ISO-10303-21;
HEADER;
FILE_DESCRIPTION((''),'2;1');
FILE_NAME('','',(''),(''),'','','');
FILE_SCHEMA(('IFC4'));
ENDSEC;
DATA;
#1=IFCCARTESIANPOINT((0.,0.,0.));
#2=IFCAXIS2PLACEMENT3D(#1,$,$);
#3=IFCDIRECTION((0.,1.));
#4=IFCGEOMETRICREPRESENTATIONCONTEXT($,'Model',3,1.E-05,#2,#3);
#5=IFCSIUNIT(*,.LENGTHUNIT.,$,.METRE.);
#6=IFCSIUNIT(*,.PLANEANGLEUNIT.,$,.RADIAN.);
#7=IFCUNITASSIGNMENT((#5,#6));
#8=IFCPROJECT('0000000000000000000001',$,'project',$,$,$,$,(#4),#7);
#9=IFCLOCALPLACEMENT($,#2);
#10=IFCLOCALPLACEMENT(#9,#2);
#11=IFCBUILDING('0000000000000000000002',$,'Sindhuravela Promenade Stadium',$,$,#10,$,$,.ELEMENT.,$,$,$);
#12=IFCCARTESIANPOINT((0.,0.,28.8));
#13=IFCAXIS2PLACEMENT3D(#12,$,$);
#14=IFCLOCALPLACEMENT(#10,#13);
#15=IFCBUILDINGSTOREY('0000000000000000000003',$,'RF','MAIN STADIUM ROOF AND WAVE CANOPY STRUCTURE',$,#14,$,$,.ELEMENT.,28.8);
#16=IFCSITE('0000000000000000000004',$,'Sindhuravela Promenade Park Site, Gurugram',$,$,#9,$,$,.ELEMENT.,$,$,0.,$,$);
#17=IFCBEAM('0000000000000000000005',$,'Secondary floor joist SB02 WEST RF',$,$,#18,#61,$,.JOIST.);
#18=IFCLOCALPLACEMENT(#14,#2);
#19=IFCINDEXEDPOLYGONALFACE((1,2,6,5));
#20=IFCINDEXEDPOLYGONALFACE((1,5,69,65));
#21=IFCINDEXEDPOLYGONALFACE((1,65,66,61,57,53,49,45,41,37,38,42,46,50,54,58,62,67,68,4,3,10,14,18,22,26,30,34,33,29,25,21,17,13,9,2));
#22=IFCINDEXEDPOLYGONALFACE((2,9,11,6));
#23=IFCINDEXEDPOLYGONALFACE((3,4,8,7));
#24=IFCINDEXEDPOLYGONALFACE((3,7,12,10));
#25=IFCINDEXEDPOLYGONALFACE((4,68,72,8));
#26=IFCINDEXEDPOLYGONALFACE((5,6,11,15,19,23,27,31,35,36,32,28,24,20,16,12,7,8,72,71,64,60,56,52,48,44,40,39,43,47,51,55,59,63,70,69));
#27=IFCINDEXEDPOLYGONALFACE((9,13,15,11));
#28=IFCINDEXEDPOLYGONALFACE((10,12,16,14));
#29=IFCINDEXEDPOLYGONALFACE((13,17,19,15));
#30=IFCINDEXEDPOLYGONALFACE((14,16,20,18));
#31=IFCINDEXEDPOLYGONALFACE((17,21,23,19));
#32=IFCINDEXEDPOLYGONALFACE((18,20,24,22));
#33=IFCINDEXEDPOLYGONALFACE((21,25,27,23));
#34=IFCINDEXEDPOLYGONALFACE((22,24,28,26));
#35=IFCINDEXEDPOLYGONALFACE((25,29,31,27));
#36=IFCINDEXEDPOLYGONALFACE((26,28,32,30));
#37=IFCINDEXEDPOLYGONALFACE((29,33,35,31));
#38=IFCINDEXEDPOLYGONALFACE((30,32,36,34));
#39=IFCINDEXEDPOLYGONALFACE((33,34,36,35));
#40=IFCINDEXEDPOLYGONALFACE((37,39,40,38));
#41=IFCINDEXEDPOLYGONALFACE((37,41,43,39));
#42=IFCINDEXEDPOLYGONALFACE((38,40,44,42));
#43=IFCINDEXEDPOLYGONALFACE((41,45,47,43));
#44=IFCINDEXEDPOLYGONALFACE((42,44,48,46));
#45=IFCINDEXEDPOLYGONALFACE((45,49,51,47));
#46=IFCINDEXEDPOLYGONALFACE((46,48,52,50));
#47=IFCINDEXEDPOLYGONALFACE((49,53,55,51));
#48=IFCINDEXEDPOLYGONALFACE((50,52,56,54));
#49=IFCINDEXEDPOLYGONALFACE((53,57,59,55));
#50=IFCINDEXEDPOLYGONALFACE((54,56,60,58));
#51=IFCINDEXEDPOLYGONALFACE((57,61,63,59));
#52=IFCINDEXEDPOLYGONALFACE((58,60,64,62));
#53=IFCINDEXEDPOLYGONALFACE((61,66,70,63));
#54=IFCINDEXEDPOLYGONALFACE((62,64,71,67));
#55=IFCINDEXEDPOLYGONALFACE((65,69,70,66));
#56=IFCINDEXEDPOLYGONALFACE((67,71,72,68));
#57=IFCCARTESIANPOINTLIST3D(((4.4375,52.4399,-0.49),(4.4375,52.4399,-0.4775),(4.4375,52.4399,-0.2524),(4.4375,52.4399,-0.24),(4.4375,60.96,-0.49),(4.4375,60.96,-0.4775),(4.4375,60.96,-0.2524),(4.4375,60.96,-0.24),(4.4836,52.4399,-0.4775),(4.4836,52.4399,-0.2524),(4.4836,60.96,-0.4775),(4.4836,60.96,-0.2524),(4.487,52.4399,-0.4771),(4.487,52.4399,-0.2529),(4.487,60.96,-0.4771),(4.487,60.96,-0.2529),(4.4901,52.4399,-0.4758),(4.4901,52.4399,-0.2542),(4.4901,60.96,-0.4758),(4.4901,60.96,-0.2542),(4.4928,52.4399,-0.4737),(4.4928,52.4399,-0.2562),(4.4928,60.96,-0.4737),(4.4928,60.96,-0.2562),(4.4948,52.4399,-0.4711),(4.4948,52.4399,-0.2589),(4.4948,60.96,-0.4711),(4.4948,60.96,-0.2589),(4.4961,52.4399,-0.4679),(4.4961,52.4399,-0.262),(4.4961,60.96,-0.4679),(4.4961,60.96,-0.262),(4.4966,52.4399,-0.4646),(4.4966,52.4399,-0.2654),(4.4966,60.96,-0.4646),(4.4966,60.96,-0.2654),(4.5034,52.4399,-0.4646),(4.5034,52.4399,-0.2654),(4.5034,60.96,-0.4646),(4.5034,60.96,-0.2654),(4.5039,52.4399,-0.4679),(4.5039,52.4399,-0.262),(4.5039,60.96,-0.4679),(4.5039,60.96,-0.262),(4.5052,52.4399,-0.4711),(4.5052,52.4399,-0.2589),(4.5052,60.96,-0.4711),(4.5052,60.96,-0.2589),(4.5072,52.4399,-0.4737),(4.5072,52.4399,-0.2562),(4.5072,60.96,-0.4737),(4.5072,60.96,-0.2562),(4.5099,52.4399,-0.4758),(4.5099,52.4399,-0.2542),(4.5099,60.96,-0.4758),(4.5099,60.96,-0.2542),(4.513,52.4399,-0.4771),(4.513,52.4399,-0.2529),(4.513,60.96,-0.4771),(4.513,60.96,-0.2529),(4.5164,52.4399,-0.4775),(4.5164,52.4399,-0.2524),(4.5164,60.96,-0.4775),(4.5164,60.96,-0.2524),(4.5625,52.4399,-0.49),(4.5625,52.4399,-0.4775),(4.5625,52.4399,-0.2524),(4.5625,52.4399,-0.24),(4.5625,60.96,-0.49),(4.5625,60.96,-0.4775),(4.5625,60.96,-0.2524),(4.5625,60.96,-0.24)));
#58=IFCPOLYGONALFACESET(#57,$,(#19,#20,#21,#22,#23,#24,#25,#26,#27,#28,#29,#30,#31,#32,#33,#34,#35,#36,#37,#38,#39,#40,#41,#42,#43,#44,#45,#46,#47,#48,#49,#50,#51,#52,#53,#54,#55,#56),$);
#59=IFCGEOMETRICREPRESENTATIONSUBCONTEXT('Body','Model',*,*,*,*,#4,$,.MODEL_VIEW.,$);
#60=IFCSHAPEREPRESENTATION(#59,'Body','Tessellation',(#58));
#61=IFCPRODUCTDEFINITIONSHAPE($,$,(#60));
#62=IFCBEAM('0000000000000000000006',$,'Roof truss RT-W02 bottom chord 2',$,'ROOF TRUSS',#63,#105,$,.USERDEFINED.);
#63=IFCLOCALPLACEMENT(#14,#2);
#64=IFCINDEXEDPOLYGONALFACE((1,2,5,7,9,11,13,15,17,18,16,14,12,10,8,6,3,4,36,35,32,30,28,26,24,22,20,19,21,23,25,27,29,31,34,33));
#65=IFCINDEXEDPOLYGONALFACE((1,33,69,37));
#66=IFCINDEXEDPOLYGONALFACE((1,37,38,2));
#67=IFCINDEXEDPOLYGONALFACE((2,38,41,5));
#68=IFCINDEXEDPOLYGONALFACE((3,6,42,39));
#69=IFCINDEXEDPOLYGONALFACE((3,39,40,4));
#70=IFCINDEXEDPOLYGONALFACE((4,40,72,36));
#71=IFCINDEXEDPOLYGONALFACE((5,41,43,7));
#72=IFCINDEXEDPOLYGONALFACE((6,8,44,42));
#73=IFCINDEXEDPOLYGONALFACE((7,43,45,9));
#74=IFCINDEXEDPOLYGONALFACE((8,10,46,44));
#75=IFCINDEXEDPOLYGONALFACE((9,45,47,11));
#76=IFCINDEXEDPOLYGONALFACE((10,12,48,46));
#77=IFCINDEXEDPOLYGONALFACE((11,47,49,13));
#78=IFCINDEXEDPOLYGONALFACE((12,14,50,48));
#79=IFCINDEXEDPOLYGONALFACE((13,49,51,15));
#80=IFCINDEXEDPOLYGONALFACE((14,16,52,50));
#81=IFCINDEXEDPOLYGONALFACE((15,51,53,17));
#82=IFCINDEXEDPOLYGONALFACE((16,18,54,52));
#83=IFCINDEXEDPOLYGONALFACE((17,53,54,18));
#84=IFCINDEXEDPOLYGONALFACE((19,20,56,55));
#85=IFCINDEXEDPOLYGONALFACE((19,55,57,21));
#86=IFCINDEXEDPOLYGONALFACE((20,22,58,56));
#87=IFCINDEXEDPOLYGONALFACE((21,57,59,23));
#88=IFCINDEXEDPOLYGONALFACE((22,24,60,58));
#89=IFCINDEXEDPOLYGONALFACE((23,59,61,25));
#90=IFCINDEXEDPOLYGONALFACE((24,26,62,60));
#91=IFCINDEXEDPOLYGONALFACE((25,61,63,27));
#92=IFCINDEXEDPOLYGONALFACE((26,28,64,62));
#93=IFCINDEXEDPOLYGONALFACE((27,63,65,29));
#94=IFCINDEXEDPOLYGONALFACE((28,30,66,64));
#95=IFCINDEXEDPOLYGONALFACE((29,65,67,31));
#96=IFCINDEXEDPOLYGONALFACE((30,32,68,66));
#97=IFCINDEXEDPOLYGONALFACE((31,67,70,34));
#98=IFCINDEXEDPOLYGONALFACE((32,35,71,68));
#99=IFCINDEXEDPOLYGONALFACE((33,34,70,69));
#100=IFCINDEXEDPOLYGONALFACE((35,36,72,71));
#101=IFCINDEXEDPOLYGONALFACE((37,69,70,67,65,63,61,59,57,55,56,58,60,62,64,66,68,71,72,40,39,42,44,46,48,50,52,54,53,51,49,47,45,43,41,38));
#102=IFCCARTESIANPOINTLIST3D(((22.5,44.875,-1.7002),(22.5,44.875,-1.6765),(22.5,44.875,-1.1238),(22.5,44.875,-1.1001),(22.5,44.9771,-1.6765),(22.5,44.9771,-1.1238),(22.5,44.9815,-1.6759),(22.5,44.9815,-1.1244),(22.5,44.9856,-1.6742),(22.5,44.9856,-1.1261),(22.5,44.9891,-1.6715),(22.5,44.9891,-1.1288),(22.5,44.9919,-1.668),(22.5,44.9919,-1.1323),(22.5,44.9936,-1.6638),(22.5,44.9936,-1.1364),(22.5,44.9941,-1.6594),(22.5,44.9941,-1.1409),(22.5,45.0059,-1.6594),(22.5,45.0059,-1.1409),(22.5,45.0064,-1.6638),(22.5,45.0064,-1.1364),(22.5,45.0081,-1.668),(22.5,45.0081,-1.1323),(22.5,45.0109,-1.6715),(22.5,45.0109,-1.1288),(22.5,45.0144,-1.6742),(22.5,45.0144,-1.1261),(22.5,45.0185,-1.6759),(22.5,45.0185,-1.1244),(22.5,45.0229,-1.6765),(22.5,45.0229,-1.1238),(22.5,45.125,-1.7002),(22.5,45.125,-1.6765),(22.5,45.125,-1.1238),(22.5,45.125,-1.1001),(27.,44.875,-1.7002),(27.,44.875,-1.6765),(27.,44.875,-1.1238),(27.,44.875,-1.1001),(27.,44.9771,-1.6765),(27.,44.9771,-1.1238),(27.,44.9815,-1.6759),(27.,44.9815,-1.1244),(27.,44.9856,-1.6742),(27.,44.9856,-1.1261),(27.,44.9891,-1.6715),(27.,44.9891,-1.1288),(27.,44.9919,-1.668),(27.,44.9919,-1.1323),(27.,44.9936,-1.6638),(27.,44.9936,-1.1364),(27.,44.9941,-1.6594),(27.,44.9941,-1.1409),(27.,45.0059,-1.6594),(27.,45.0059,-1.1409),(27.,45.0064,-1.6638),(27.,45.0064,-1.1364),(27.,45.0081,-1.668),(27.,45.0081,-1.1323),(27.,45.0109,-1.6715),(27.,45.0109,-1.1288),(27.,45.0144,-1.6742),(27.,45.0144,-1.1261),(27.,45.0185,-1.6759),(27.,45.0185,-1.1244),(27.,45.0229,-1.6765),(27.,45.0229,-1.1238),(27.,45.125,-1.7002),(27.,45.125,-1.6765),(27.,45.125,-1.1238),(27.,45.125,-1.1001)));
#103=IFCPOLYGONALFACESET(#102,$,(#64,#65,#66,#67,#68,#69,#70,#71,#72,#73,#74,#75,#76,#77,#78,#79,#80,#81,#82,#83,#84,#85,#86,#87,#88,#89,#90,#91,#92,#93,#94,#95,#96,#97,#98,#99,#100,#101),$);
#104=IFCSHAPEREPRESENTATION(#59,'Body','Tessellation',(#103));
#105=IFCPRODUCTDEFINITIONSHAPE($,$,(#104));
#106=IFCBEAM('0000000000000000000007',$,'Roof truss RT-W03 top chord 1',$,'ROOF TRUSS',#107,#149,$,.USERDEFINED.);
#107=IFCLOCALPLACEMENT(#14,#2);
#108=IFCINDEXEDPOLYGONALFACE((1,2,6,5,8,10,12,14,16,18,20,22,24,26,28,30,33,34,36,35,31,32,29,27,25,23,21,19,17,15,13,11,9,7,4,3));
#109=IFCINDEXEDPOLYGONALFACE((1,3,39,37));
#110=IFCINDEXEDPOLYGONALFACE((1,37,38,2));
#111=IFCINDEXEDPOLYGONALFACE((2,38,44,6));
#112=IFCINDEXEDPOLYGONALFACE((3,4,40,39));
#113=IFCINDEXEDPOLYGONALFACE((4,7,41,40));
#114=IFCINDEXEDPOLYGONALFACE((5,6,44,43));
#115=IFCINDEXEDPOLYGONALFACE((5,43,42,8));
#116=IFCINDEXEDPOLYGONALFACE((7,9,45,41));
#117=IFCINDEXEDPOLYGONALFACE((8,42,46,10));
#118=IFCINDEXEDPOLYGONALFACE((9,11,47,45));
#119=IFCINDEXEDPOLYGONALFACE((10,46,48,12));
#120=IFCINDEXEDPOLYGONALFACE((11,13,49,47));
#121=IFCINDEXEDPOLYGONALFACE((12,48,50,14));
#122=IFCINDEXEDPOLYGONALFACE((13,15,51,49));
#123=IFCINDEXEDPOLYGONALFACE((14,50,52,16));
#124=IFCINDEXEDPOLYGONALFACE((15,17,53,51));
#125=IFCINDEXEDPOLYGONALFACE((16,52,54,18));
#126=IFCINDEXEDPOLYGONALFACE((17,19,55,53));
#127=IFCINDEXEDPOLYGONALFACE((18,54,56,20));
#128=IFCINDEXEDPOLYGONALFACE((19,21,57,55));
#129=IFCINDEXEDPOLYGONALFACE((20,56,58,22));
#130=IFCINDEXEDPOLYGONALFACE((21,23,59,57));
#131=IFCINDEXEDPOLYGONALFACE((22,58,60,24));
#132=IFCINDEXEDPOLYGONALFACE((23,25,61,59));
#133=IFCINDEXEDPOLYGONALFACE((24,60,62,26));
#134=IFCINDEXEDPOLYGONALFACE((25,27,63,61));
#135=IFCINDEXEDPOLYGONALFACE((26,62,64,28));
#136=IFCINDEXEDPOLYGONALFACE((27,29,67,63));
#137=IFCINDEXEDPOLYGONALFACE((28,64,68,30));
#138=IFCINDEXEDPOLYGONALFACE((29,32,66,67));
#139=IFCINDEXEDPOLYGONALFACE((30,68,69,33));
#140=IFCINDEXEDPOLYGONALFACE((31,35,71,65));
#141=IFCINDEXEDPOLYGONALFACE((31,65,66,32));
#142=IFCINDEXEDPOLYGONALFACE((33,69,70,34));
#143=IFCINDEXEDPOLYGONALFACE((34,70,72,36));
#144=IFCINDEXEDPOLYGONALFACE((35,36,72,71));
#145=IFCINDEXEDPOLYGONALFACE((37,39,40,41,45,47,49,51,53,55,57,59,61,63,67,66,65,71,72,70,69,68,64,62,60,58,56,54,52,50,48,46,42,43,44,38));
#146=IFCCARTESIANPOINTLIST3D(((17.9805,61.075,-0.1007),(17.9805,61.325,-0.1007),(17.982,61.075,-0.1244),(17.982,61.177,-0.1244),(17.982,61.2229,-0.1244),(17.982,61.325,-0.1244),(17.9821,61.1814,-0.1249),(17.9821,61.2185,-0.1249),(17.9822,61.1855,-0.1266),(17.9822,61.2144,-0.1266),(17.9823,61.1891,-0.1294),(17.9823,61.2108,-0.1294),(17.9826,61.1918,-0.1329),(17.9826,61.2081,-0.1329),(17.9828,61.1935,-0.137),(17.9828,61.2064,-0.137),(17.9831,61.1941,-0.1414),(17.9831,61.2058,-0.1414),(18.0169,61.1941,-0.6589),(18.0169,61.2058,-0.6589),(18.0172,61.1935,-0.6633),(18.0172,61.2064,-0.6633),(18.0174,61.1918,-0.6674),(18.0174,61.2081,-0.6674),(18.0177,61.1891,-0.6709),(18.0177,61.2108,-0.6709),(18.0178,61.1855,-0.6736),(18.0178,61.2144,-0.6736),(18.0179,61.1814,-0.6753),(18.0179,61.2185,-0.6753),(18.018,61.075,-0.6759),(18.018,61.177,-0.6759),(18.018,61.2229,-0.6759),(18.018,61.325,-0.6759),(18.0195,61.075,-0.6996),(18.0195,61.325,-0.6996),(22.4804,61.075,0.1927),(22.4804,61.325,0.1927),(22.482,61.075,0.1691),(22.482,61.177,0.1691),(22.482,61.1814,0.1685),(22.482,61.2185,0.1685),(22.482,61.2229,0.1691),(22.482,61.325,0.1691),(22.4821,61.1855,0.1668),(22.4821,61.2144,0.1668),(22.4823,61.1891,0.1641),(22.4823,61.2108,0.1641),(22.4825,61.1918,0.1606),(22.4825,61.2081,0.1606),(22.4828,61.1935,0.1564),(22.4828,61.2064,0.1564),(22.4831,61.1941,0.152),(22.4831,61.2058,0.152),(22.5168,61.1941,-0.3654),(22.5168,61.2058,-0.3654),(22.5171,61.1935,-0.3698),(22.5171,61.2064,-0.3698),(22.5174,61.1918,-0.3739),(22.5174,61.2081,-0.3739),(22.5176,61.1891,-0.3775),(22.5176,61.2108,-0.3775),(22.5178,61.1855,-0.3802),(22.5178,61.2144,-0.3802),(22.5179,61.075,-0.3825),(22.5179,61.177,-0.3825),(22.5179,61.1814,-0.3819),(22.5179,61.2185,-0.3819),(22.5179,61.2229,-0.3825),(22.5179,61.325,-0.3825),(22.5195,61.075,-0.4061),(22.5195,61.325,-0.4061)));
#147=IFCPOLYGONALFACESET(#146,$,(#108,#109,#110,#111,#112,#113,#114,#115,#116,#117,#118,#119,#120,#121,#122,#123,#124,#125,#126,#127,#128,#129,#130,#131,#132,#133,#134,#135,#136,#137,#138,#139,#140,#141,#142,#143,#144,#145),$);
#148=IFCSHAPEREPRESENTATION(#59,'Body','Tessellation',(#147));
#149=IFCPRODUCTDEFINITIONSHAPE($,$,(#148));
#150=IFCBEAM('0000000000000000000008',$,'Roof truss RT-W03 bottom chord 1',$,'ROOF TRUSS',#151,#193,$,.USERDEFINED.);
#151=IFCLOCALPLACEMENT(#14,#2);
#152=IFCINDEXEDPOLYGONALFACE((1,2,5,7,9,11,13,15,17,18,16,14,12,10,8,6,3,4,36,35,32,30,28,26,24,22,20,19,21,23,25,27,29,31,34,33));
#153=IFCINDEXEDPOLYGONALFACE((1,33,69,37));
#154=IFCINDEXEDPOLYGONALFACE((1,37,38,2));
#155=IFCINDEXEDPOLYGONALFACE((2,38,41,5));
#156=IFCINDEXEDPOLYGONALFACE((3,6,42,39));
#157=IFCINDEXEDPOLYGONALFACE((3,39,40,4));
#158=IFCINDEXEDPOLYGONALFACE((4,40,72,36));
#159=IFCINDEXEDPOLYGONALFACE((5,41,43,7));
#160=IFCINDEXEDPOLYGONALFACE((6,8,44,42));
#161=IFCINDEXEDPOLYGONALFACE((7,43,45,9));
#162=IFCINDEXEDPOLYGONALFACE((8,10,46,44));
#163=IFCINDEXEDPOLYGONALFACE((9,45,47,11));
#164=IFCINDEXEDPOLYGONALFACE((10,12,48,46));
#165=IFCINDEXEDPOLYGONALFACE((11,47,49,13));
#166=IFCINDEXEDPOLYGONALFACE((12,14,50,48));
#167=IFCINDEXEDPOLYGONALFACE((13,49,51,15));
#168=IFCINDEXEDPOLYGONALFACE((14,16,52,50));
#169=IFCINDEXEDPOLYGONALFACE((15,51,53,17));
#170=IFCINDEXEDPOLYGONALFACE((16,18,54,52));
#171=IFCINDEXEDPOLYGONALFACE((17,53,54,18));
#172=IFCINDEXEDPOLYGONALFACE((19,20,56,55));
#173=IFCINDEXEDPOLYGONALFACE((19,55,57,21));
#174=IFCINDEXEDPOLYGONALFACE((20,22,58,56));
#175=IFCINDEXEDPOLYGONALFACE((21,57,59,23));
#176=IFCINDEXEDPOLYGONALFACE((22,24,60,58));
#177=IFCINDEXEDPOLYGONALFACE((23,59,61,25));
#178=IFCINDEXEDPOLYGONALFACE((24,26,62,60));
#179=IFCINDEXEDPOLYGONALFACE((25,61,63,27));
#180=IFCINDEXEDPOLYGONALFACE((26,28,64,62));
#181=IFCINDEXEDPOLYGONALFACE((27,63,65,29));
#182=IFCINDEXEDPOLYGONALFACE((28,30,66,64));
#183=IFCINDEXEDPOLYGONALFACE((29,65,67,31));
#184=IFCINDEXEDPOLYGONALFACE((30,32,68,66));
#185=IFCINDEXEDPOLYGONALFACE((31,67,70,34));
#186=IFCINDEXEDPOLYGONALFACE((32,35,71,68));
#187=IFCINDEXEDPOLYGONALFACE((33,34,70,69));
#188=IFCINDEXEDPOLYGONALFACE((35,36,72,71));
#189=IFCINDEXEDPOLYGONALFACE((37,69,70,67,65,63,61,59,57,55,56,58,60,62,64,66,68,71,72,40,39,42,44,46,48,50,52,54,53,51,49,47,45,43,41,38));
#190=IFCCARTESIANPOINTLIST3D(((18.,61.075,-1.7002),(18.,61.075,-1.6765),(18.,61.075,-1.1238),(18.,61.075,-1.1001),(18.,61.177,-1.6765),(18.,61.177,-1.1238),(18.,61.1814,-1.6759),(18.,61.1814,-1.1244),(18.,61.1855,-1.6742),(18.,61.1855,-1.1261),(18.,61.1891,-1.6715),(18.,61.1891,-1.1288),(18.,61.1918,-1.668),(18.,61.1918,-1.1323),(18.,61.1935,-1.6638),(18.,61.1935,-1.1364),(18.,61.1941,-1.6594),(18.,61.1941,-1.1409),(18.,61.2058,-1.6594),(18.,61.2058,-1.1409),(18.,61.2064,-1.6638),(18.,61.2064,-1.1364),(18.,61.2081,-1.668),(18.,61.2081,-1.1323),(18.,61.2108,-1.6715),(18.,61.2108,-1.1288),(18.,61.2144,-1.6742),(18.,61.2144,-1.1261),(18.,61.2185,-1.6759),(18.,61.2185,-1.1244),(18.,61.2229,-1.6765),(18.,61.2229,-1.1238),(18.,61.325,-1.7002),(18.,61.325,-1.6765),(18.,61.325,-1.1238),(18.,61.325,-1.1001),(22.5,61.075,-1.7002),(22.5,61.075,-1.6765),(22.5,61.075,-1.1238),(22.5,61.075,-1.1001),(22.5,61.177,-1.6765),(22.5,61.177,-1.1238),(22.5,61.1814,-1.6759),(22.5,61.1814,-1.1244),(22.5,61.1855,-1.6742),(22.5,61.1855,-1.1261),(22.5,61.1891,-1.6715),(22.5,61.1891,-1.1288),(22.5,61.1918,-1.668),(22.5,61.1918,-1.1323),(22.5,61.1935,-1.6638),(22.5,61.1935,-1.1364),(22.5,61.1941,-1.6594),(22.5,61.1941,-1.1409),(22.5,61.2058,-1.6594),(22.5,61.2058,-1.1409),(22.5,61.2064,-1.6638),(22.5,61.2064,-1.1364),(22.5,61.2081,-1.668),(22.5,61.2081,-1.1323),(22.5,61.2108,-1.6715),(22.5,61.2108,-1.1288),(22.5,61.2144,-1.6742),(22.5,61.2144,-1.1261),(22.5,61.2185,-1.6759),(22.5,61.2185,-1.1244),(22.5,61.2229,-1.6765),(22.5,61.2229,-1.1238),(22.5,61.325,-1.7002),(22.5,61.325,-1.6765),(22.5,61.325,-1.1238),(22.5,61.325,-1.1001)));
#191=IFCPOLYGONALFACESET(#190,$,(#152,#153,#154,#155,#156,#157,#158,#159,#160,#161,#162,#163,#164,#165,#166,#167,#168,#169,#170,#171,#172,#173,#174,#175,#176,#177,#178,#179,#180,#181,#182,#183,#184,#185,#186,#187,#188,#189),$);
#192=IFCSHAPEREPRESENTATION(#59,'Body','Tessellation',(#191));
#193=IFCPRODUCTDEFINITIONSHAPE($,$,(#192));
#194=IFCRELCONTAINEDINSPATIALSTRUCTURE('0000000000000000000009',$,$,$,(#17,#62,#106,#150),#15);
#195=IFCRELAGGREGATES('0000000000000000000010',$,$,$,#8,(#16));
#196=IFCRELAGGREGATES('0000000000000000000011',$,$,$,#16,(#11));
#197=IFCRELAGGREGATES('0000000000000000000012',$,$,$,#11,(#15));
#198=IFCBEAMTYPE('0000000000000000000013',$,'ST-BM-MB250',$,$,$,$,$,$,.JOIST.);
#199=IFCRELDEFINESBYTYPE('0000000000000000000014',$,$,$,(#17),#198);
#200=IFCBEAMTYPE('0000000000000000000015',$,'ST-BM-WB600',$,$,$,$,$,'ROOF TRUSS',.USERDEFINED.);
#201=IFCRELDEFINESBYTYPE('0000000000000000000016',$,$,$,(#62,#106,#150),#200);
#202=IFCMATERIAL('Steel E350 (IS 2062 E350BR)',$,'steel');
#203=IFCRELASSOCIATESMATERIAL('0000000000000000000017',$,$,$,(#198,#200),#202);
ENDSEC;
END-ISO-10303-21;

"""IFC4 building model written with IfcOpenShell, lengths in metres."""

from ifc_helpers import new_model, si_unit, direction, frame, origin, origin_2d, place, context, subcontext, project, spatial, i_section, extrude, material, material_profile, profile_set, type_object, element, save


model = new_model("IFC4")

# Units and contexts
model_context = context("Model", 3, precision=1e-05, world=origin(), true_north=direction((0.0, 1.0)))
body_context = subcontext(model_context, "Body", "Model", "MODEL_VIEW")
ifc_project = project(units=[si_unit("LENGTHUNIT", "METRE"), si_unit("PLANEANGLEUNIT", "RADIAN")], contexts=[model_context])

# Site, building, storey
site_placement = place(None, origin())
site = spatial("IfcSite", under=ifc_project, at=site_placement, Name="Sindhuravela Promenade Park Site, Gurugram", CompositionType="ELEMENT", RefElevation=0.0)
building_placement = place(site_placement, origin())
building = spatial("IfcBuilding", under=site, at=building_placement, Name="Sindhuravela Promenade Stadium", CompositionType="ELEMENT")
storey_placement = place(building_placement, frame((0.0, 0.0, 28.8)))
storey = spatial("IfcBuildingStorey", under=building, at=storey_placement, Name="RF", Description="MAIN STADIUM ROOF AND WAVE CANOPY STRUCTURE", CompositionType="ELEMENT", Elevation=28.8)

# Beams
ifc_material_1 = material(Name="Steel E350 (IS 2062 E350BR)", Category="steel")
ifc_material_profile_1 = material_profile(ifc_material_1, i_section(OverallWidth=0.125, OverallDepth=0.25, WebThickness=0.0068, FlangeThickness=0.0125, FilletRadius=0.0129, at=origin_2d()), Name="ISMB 250")
ifc_profile_set_1 = profile_set([ifc_material_profile_1], Name="Steel E350 (IS 2062 E350BR)")
beam_type_1 = type_object("IfcBeamType", Name="ST-BM-MB250", PredefinedType="JOIST", material=ifc_profile_set_1)
beam_1_placement = place(storey_placement, frame((4.5, 52.4399, -0.365), z_axis=(0.0, 1.0, 0.0), x_axis=(-1.0, 0.0, 0.0)))
element("IfcBeam", 1, at=beam_1_placement, inside=storey, type_object=beam_type_1, Name="Secondary floor joist SB02 WEST RF", PredefinedType="JOIST", context=body_context, shape_type="SweptSolid", body=[
    extrude(i_section(OverallWidth=0.125, OverallDepth=0.25, WebThickness=0.0068, FlangeThickness=0.0125, FilletRadius=0.0129, at=origin_2d()), origin(), (0.0, 0.0, 1.0), 8.52),
])
ifc_material_profile_2 = material_profile(ifc_material_1, i_section(OverallWidth=0.25, OverallDepth=0.6001, WebThickness=0.0117, FlangeThickness=0.0237, FilletRadius=0.0171, at=origin_2d()), Name="ISWB 600")
ifc_profile_set_2 = profile_set([ifc_material_profile_2], Name="Steel E350 (IS 2062 E350BR)")
beam_type_2 = type_object("IfcBeamType", Name="ST-BM-WB600", ElementType="ROOF TRUSS", PredefinedType="USERDEFINED", material=ifc_profile_set_2)
beam_2_placement = place(storey_placement, frame((22.5, 45.0, -1.4001), z_axis=(1.0, 0.0, 0.0), x_axis=(0.0, 1.0, 0.0)))
element("IfcBeam", 2, at=beam_2_placement, inside=storey, type_object=beam_type_2, Name="Roof truss RT-W02 bottom chord 2", ObjectType="ROOF TRUSS", PredefinedType="USERDEFINED", context=body_context, shape_type="SweptSolid", body=[
    extrude(i_section(OverallWidth=0.25, OverallDepth=0.6001, WebThickness=0.0117, FlangeThickness=0.0237, FilletRadius=0.0171, at=origin_2d()), origin(), (0.0, 0.0, 1.0), 4.5),
])
beam_3_placement = place(storey_placement, frame((18.0, 61.2, -0.4001), z_axis=(0.99788, 0.0, 0.065074), x_axis=(0.0, 1.0, 0.0)))
element("IfcBeam", 3, at=beam_3_placement, inside=storey, type_object=beam_type_2, Name="Roof truss RT-W03 top chord 1", ObjectType="ROOF TRUSS", PredefinedType="USERDEFINED", context=body_context, shape_type="SweptSolid", body=[
    extrude(i_section(OverallWidth=0.25, OverallDepth=0.6001, WebThickness=0.0117, FlangeThickness=0.0237, FilletRadius=0.0171, at=origin_2d()), origin(), (0.0, 0.0, 1.0), 4.5095),
])
beam_4_placement = place(storey_placement, frame((18.0, 61.2, -1.4001), z_axis=(1.0, 0.0, 0.0), x_axis=(0.0, 1.0, 0.0)))
element("IfcBeam", 4, at=beam_4_placement, inside=storey, type_object=beam_type_2, Name="Roof truss RT-W03 bottom chord 1", ObjectType="ROOF TRUSS", PredefinedType="USERDEFINED", context=body_context, shape_type="SweptSolid", body=[
    extrude(i_section(OverallWidth=0.25, OverallDepth=0.6001, WebThickness=0.0117, FlangeThickness=0.0237, FilletRadius=0.0171, at=origin_2d()), origin(), (0.0, 0.0, 1.0), 4.5),
])

save(model, "model.ifc")
